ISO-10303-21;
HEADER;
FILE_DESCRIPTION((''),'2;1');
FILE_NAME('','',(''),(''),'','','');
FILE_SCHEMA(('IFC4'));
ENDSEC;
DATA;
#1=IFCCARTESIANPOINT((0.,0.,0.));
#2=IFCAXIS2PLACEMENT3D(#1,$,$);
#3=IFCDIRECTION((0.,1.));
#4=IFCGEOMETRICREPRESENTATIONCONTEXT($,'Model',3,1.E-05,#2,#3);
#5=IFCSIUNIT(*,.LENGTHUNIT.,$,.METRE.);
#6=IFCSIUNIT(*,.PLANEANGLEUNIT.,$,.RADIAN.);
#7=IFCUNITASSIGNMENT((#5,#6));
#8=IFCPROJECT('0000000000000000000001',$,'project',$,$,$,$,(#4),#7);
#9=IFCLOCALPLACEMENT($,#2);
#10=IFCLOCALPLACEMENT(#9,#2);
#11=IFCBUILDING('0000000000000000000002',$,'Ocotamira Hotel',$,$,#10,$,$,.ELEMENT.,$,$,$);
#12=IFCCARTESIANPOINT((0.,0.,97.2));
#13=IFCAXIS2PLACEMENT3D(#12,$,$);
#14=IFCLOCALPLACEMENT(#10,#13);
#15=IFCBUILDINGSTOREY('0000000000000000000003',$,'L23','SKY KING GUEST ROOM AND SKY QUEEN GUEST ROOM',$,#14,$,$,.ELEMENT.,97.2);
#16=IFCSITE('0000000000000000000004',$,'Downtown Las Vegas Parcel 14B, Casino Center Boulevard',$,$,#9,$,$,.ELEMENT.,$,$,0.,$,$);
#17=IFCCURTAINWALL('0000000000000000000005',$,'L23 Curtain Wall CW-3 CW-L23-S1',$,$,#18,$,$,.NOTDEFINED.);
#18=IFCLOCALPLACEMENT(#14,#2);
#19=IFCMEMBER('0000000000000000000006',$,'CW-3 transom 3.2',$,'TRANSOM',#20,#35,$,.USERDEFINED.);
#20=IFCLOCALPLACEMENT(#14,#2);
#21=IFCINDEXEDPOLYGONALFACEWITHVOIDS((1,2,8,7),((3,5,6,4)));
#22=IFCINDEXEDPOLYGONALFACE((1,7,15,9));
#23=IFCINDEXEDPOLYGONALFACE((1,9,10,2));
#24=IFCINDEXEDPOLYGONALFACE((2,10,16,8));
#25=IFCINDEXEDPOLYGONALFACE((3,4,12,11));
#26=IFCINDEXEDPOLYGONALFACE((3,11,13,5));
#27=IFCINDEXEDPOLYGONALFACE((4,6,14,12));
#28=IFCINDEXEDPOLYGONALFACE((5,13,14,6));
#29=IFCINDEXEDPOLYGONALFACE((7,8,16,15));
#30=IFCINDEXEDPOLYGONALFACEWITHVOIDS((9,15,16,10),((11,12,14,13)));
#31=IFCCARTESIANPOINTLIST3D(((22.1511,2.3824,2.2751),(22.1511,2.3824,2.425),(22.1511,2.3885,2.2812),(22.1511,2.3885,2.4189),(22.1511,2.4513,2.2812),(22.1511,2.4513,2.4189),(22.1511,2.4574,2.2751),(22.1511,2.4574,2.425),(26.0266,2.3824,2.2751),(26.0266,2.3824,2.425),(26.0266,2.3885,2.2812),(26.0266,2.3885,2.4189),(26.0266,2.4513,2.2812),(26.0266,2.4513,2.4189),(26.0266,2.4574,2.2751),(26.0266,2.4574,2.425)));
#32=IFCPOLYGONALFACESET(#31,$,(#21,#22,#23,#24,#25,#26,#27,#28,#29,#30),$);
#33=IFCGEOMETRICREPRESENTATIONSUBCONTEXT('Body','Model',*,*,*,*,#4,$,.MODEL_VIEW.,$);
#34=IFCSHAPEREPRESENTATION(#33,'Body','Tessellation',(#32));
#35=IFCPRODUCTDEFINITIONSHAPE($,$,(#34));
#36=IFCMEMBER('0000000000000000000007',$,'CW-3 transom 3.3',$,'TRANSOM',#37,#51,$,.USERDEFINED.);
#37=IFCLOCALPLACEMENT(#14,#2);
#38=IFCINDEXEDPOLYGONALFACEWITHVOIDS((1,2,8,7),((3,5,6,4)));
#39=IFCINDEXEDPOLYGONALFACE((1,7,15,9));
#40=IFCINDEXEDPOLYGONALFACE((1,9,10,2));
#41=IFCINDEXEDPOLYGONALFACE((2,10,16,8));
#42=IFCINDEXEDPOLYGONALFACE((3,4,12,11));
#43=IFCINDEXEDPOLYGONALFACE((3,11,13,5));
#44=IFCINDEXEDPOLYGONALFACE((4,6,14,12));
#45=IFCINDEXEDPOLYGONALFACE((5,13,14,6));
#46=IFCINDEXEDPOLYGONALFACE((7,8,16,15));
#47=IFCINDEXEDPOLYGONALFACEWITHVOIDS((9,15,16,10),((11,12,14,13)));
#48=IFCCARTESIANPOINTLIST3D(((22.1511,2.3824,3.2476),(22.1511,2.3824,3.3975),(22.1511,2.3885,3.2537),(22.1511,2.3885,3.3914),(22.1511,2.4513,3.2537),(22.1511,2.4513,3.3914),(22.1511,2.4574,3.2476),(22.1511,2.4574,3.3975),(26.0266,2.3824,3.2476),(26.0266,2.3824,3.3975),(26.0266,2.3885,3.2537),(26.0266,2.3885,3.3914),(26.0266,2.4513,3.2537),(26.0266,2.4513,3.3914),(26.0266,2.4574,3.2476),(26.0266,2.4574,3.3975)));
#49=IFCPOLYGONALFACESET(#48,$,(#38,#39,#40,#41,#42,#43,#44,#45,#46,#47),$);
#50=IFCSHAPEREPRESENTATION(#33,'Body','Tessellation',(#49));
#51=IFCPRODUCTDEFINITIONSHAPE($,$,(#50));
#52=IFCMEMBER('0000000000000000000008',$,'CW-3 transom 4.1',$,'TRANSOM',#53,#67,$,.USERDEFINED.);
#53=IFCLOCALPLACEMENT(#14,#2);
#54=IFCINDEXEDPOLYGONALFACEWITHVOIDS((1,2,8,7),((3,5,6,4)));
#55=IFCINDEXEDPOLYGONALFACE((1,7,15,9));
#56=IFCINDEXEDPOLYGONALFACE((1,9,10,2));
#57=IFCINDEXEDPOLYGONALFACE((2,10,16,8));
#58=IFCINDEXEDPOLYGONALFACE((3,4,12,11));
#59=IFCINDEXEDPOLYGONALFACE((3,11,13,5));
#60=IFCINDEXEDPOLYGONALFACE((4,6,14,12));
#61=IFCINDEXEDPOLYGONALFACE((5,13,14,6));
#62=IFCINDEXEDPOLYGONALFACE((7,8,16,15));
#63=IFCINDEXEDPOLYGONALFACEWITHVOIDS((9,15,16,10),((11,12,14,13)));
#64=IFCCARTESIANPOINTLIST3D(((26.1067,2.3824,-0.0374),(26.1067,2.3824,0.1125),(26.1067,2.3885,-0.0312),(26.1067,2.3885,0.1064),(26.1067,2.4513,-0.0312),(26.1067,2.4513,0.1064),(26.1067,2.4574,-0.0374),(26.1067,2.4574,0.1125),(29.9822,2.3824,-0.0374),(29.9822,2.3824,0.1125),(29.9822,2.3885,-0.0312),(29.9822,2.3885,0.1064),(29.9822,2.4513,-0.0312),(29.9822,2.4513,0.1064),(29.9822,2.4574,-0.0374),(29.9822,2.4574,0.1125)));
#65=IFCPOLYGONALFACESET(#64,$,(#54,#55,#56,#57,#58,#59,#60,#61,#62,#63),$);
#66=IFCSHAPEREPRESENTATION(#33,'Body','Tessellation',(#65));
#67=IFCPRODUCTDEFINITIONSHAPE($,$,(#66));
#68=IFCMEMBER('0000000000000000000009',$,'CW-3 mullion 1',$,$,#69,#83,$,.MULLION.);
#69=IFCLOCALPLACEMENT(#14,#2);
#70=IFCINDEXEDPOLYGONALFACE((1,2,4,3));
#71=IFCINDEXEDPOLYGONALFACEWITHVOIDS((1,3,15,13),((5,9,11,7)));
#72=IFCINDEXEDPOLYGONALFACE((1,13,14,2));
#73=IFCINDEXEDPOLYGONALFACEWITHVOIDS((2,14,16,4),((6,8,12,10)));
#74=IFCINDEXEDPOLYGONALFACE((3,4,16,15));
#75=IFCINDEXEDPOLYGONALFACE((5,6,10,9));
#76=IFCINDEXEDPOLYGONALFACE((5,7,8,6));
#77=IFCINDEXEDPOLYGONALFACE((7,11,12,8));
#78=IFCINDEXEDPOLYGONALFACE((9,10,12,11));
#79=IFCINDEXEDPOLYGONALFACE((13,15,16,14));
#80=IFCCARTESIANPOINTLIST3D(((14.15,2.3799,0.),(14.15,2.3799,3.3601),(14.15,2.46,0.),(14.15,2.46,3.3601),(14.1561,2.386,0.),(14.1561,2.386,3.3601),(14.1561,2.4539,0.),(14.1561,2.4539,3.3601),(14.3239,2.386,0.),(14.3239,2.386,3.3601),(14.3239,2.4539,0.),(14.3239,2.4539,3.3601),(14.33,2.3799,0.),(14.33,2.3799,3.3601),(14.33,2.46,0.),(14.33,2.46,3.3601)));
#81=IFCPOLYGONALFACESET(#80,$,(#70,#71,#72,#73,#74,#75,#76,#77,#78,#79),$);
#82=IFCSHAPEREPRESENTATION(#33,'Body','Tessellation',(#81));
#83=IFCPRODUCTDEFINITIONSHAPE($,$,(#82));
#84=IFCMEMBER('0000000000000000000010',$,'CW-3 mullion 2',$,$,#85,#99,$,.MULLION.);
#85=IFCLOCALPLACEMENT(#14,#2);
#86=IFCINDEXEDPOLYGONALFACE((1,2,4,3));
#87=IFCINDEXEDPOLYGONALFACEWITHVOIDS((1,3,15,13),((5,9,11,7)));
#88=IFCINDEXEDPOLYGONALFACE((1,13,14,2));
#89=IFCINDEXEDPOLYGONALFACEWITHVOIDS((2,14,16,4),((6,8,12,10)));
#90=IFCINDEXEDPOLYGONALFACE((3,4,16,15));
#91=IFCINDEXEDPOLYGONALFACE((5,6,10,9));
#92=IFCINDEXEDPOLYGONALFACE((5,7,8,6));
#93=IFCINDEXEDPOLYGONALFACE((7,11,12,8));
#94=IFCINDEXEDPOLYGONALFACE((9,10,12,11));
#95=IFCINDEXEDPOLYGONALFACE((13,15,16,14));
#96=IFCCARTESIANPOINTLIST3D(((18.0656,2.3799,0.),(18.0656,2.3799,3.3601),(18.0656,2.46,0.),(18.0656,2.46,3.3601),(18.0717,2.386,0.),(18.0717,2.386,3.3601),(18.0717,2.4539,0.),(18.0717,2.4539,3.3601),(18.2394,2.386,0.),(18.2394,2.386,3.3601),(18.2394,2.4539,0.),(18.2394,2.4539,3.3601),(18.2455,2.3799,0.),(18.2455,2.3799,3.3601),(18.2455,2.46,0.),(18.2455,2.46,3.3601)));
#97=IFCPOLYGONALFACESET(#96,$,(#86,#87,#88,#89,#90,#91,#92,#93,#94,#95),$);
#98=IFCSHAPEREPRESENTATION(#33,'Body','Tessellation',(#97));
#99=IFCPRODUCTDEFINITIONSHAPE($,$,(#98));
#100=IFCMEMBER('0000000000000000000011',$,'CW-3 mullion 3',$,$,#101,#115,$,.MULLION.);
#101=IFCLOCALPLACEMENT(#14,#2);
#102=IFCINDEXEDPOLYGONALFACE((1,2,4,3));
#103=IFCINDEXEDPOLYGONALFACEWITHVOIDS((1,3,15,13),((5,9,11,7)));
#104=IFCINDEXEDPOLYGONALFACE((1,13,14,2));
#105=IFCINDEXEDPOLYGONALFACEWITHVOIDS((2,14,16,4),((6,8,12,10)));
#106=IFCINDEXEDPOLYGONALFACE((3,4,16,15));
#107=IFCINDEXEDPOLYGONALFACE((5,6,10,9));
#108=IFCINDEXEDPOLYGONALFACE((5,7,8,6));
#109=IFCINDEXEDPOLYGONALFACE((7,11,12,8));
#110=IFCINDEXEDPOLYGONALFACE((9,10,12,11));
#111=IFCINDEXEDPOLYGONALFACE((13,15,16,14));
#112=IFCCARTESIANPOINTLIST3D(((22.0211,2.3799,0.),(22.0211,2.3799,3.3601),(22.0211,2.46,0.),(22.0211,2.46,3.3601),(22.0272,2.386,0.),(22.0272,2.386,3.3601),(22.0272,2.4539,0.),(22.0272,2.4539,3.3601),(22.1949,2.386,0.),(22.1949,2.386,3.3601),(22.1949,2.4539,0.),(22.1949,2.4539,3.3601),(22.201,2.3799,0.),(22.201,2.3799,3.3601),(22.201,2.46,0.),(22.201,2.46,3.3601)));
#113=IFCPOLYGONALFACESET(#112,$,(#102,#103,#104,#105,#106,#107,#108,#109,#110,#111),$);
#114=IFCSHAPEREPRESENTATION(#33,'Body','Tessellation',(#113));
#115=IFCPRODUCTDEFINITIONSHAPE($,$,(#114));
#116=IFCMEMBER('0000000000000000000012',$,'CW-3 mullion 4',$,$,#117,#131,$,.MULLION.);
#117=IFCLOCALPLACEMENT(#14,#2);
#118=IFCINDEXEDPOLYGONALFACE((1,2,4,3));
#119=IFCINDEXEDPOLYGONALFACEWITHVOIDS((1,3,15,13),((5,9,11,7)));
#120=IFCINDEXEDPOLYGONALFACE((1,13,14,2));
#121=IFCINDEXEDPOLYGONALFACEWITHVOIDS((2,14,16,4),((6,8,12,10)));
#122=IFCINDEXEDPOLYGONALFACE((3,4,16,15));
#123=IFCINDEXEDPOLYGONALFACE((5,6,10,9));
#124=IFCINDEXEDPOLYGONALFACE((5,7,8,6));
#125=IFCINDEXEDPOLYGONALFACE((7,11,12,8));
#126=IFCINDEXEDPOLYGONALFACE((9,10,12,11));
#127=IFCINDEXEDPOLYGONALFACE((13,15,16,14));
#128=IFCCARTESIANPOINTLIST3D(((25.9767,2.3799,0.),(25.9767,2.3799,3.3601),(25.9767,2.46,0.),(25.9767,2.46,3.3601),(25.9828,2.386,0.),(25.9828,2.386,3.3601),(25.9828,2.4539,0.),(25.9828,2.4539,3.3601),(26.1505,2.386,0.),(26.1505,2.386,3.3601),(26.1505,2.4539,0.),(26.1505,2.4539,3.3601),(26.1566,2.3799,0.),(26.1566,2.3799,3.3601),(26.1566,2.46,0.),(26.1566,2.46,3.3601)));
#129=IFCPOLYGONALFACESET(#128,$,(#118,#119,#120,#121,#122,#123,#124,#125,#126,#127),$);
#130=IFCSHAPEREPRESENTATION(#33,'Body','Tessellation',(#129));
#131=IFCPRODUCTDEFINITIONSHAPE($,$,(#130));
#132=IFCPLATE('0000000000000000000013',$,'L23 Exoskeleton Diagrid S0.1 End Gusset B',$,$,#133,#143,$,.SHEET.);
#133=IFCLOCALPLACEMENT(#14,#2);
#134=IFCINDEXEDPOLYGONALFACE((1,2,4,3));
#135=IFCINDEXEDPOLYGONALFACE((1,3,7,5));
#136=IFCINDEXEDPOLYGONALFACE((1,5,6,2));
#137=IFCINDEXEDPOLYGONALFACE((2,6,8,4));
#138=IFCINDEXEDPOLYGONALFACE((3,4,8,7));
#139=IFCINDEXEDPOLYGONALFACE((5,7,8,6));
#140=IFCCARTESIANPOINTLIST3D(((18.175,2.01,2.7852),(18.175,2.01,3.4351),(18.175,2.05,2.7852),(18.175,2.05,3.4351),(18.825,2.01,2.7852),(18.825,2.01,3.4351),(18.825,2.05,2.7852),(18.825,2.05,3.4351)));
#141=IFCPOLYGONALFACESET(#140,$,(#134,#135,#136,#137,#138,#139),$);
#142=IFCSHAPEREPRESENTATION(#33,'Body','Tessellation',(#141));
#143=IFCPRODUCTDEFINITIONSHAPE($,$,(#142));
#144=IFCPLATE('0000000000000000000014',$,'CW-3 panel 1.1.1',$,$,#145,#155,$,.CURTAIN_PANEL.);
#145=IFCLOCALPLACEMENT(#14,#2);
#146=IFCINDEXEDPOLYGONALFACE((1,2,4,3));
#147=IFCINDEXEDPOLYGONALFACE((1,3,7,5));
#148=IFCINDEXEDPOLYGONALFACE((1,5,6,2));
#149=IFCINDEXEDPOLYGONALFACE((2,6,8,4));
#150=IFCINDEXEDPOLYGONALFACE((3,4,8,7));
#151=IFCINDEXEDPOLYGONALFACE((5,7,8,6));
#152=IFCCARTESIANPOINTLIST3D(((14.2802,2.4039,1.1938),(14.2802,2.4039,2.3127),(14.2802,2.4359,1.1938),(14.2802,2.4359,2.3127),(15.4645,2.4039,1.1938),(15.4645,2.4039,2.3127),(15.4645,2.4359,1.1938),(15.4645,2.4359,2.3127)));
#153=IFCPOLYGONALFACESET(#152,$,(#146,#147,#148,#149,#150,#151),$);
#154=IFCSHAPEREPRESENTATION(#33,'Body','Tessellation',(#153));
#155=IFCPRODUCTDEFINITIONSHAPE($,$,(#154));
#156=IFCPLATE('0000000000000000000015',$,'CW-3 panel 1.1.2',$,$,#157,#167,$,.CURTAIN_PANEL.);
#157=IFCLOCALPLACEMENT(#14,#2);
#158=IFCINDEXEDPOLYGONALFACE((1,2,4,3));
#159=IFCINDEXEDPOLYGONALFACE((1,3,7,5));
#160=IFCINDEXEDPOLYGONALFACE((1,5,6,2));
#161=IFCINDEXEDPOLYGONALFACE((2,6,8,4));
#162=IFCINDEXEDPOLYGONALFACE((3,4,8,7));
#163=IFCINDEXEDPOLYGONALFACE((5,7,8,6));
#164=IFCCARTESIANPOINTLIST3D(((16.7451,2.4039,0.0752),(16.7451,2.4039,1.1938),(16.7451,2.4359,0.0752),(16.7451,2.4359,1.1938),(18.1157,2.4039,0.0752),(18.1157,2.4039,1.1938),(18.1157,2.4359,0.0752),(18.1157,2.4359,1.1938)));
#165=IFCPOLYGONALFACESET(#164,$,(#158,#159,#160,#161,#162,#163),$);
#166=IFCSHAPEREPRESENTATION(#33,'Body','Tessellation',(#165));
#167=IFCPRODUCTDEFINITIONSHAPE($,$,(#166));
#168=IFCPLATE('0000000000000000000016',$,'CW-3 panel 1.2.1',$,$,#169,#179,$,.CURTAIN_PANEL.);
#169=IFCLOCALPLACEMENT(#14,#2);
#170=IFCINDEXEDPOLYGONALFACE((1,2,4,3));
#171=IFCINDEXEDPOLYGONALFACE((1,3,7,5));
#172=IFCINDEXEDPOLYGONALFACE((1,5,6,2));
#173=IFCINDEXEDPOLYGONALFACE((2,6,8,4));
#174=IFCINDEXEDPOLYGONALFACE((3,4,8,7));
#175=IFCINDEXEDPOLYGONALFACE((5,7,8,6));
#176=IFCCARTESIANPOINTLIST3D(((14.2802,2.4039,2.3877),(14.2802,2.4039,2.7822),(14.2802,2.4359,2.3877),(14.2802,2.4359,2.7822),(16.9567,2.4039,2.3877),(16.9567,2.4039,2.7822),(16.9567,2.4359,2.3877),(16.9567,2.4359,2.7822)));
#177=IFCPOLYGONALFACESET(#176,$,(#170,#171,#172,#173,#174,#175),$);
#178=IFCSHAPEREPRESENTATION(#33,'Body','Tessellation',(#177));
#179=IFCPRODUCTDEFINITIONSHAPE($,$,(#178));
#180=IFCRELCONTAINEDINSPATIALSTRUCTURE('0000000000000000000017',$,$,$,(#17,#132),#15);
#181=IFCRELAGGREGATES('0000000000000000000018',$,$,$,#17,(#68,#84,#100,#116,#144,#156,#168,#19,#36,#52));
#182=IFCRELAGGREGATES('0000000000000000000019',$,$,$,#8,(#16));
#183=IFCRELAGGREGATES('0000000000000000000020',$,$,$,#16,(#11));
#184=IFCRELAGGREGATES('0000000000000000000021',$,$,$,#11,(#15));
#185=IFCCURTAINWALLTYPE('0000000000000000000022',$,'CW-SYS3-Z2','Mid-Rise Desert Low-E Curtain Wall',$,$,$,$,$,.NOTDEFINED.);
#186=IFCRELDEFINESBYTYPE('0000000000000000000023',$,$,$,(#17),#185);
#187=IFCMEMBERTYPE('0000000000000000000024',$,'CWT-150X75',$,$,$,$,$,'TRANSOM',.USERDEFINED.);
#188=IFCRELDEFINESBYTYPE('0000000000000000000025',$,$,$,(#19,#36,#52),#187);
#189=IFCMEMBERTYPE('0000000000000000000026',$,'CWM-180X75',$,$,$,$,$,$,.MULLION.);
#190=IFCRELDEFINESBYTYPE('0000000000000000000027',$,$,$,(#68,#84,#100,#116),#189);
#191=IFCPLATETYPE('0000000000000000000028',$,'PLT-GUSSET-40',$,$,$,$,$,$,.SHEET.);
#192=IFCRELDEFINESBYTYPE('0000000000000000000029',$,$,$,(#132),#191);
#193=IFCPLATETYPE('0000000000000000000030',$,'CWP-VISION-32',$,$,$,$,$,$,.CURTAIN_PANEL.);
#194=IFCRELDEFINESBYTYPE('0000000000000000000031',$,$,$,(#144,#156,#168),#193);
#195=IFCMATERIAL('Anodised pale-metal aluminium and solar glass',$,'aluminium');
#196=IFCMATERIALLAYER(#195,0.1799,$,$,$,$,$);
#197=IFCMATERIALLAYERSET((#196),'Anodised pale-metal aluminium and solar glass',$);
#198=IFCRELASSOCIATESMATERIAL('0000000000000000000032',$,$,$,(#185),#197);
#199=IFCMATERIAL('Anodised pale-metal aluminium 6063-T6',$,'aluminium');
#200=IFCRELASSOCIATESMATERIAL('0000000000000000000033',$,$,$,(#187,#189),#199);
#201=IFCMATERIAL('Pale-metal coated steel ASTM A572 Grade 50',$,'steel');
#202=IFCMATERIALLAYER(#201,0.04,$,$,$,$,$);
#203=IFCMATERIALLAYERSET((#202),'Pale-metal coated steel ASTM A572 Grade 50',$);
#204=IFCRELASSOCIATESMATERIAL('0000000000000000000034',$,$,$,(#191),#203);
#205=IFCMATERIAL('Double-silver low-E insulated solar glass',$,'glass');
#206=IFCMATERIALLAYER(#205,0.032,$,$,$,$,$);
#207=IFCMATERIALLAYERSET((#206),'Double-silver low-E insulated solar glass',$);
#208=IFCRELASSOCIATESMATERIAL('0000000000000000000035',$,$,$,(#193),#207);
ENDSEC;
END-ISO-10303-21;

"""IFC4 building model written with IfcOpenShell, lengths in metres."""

from ifc_helpers import new_model, si_unit, direction, frame, origin, origin_2d, place, context, subcontext, project, spatial, rectangle, hollow_rectangle, extrude, source, transform, mapped, material, layer, layer_set, material_profile, profile_set, type_object, element, aggregate, save


model = new_model("IFC4")

# Units and contexts
model_context = context("Model", 3, precision=1e-05, world=origin(), true_north=direction((0.0, 1.0)))
body_context = subcontext(model_context, "Body", "Model", "MODEL_VIEW")
ifc_project = project(units=[si_unit("LENGTHUNIT", "METRE"), si_unit("PLANEANGLEUNIT", "RADIAN")], contexts=[model_context])

# Site, building, storey
site_placement = place(None, origin())
site = spatial("IfcSite", under=ifc_project, at=site_placement, Name="Downtown Las Vegas Parcel 14B, Casino Center Boulevard", CompositionType="ELEMENT", RefElevation=0.0)
building_placement = place(site_placement, origin())
building = spatial("IfcBuilding", under=site, at=building_placement, Name="Ocotamira Hotel", CompositionType="ELEMENT")
storey_placement = place(building_placement, frame((0.0, 0.0, 97.2)))
storey = spatial("IfcBuildingStorey", under=building, at=storey_placement, Name="L23", Description="SKY KING GUEST ROOM AND SKY QUEEN GUEST ROOM", CompositionType="ELEMENT", Elevation=97.2)

# Curtain wall, members
ifc_material_1 = material(Name="Anodised pale-metal aluminium and solar glass", Category="aluminium")
ifc_layer_1 = layer(ifc_material_1, 0.1799)
ifc_layer_set_1 = layer_set([ifc_layer_1], Name="Anodised pale-metal aluminium and solar glass")
curtain_wall_type = type_object("IfcCurtainWallType", Name="CW-SYS3-Z2", Description="Mid-Rise Desert Low-E Curtain Wall", PredefinedType="NOTDEFINED", material=ifc_layer_set_1)
curtain_wall_placement = place(storey_placement, origin())
curtain_wall = element("IfcCurtainWall", 1, at=curtain_wall_placement, inside=storey, type_object=curtain_wall_type, Name="L23 Curtain Wall CW-3 CW-L23-S1", PredefinedType="NOTDEFINED")
ifc_material_2 = material(Name="Anodised pale-metal aluminium 6063-T6", Category="aluminium")
ifc_material_profile_1 = material_profile(ifc_material_2, hollow_rectangle(XDim=0.075, YDim=0.1499, WallThickness=0.0061, at=origin_2d()), Name="HSS150X75X6")
ifc_profile_set_1 = profile_set([ifc_material_profile_1], Name="Anodised pale-metal aluminium 6063-T6")
member_type_1 = type_object("IfcMemberType", Name="CWT-150X75", ElementType="TRANSOM", PredefinedType="USERDEFINED", material=ifc_profile_set_1)
shared_shape_1 = source(origin(), body_context, "Body", "SweptSolid", [
    extrude(hollow_rectangle(XDim=0.075, YDim=0.1499, WallThickness=0.0061, at=origin_2d()), origin(), (0.0, 0.0, 1.0), 3.8755),
])
member_1_placement = place(storey_placement, frame((22.1511, 2.4199, 2.3501), z_axis=(1.0, 0.0, 0.0), x_axis=(0.0, 1.0, 0.0)))
member_1 = element("IfcMember", 2, at=member_1_placement, type_object=member_type_1, Name="CW-3 transom 3.2", ObjectType="TRANSOM", PredefinedType="USERDEFINED", context=body_context, shape_type="MappedRepresentation", body=[
    mapped(shared_shape_1, transform((0.0, 0.0, 0.0), scale=1.0)),
])
member_2_placement = place(storey_placement, frame((22.1511, 2.4199, 3.3225), z_axis=(1.0, 0.0, 0.0), x_axis=(0.0, 1.0, 0.0)))
member_2 = element("IfcMember", 3, at=member_2_placement, type_object=member_type_1, Name="CW-3 transom 3.3", ObjectType="TRANSOM", PredefinedType="USERDEFINED", context=body_context, shape_type="MappedRepresentation", body=[
    mapped(shared_shape_1, transform((0.0, 0.0, 0.0), scale=1.0)),
])
member_3_placement = place(storey_placement, frame((26.1067, 2.4199, 0.0376), z_axis=(1.0, 0.0, 0.0), x_axis=(0.0, 1.0, 0.0)))
member_3 = element("IfcMember", 4, at=member_3_placement, type_object=member_type_1, Name="CW-3 transom 4.1", ObjectType="TRANSOM", PredefinedType="USERDEFINED", context=body_context, shape_type="MappedRepresentation", body=[
    mapped(shared_shape_1, transform((0.0, 0.0, 0.0), scale=1.0)),
])
ifc_material_profile_2 = material_profile(ifc_material_2, hollow_rectangle(XDim=0.0801, YDim=0.1799, WallThickness=0.0061, at=origin_2d()), Name="HSS180X80X6")
ifc_profile_set_2 = profile_set([ifc_material_profile_2], Name="Anodised pale-metal aluminium 6063-T6")
member_type_2 = type_object("IfcMemberType", Name="CWM-180X75", PredefinedType="MULLION", material=ifc_profile_set_2)
shared_shape_2 = source(origin(), body_context, "Body", "SweptSolid", [
    extrude(hollow_rectangle(XDim=0.0801, YDim=0.1799, WallThickness=0.0061, at=origin_2d()), origin(), (0.0, 0.0, 1.0), 3.3601),
])
member_4_placement = place(storey_placement, frame((14.24, 2.4199, 0.0), z_axis=(0.0, 0.0, 1.0), x_axis=(0.0, 1.0, 0.0)))
member_4 = element("IfcMember", 5, at=member_4_placement, type_object=member_type_2, Name="CW-3 mullion 1", PredefinedType="MULLION", context=body_context, shape_type="MappedRepresentation", body=[
    mapped(shared_shape_2, transform((0.0, 0.0, 0.0), scale=1.0)),
])
member_5_placement = place(storey_placement, frame((18.1555, 2.4199, 0.0), z_axis=(0.0, 0.0, 1.0), x_axis=(0.0, 1.0, 0.0)))
member_5 = element("IfcMember", 6, at=member_5_placement, type_object=member_type_2, Name="CW-3 mullion 2", PredefinedType="MULLION", context=body_context, shape_type="MappedRepresentation", body=[
    mapped(shared_shape_2, transform((0.0, 0.0, 0.0), scale=1.0)),
])
member_6_placement = place(storey_placement, frame((22.1111, 2.4199, 0.0), z_axis=(0.0, 0.0, 1.0), x_axis=(0.0, 1.0, 0.0)))
member_6 = element("IfcMember", 7, at=member_6_placement, type_object=member_type_2, Name="CW-3 mullion 3", PredefinedType="MULLION", context=body_context, shape_type="MappedRepresentation", body=[
    mapped(shared_shape_2, transform((0.0, 0.0, 0.0), scale=1.0)),
])
member_7_placement = place(storey_placement, frame((26.0667, 2.4199, 0.0), z_axis=(0.0, 0.0, 1.0), x_axis=(0.0, 1.0, 0.0)))
member_7 = element("IfcMember", 8, at=member_7_placement, type_object=member_type_2, Name="CW-3 mullion 4", PredefinedType="MULLION", context=body_context, shape_type="MappedRepresentation", body=[
    mapped(shared_shape_2, transform((0.0, 0.0, 0.0), scale=1.0)),
])

# Plates
ifc_material_3 = material(Name="Pale-metal coated steel ASTM A572 Grade 50", Category="steel")
ifc_layer_2 = layer(ifc_material_3, 0.04)
ifc_layer_set_2 = layer_set([ifc_layer_2], Name="Pale-metal coated steel ASTM A572 Grade 50")
plate_type_1 = type_object("IfcPlateType", Name="PLT-GUSSET-40", PredefinedType="SHEET", material=ifc_layer_set_2)
shared_shape_3 = source(origin(), body_context, "Body", "SweptSolid", [
    extrude(rectangle(XDim=0.6499, YDim=0.04, at=origin_2d()), origin(), (0.0, 0.0, 1.0), 0.6499),
])
plate_1_placement = place(storey_placement, frame((18.5, 2.03, 2.7852), z_axis=(0.0, 0.0, 1.0), x_axis=(1.0, 0.0, 0.0)))
element("IfcPlate", 9, at=plate_1_placement, inside=storey, type_object=plate_type_1, Name="L23 Exoskeleton Diagrid S0.1 End Gusset B", PredefinedType="SHEET", context=body_context, shape_type="MappedRepresentation", body=[
    mapped(shared_shape_3, transform((0.0, 0.0, 0.0), scale=1.0)),
])
ifc_material_4 = material(Name="Double-silver low-E insulated solar glass", Category="glass")
ifc_layer_3 = layer(ifc_material_4, 0.032)
ifc_layer_set_3 = layer_set([ifc_layer_3], Name="Double-silver low-E insulated solar glass")
plate_type_2 = type_object("IfcPlateType", Name="CWP-VISION-32", PredefinedType="CURTAIN_PANEL", material=ifc_layer_set_3)
shared_shape_4 = source(origin(), body_context, "Body", "SweptSolid", [
    extrude(rectangle(XDim=1.1843, YDim=0.032, at=origin_2d()), origin(), (0.0, 0.0, 1.0), 1.1189),
])
plate_2_placement = place(storey_placement, frame((14.8723, 2.4199, 1.1938), z_axis=(0.0, 0.0, 1.0), x_axis=(1.0, 0.0, 0.0)))
plate_2 = element("IfcPlate", 10, at=plate_2_placement, type_object=plate_type_2, Name="CW-3 panel 1.1.1", PredefinedType="CURTAIN_PANEL", context=body_context, shape_type="MappedRepresentation", body=[
    mapped(shared_shape_4, transform((0.0, 0.0, 0.0), scale=1.0)),
])
shared_shape_5 = source(origin(), body_context, "Body", "SweptSolid", [
    extrude(rectangle(XDim=1.3706, YDim=0.032, at=origin_2d()), origin(), (0.0, 0.0, 1.0), 1.1187),
])
plate_3_placement = place(storey_placement, frame((17.4304, 2.4199, 0.0752), z_axis=(0.0, 0.0, 1.0), x_axis=(1.0, 0.0, 0.0)))
plate_3 = element("IfcPlate", 11, at=plate_3_placement, type_object=plate_type_2, Name="CW-3 panel 1.1.2", PredefinedType="CURTAIN_PANEL", context=body_context, shape_type="MappedRepresentation", body=[
    mapped(shared_shape_5, transform((0.0, 0.0, 0.0), scale=1.0)),
])
shared_shape_6 = source(origin(), body_context, "Body", "SweptSolid", [
    extrude(rectangle(XDim=2.6765, YDim=0.032, at=origin_2d()), origin(), (0.0, 0.0, 1.0), 0.3945),
])
plate_4_placement = place(storey_placement, frame((15.6184, 2.4199, 2.3877), z_axis=(0.0, 0.0, 1.0), x_axis=(1.0, 0.0, 0.0)))
plate_4 = element("IfcPlate", 12, at=plate_4_placement, type_object=plate_type_2, Name="CW-3 panel 1.2.1", PredefinedType="CURTAIN_PANEL", context=body_context, shape_type="MappedRepresentation", body=[
    mapped(shared_shape_6, transform((0.0, 0.0, 0.0), scale=1.0)),
])
aggregate(curtain_wall, [member_4, member_5, member_6, member_7, plate_2, plate_3, plate_4, member_1, member_2, member_3])

save(model, "model.ifc")
